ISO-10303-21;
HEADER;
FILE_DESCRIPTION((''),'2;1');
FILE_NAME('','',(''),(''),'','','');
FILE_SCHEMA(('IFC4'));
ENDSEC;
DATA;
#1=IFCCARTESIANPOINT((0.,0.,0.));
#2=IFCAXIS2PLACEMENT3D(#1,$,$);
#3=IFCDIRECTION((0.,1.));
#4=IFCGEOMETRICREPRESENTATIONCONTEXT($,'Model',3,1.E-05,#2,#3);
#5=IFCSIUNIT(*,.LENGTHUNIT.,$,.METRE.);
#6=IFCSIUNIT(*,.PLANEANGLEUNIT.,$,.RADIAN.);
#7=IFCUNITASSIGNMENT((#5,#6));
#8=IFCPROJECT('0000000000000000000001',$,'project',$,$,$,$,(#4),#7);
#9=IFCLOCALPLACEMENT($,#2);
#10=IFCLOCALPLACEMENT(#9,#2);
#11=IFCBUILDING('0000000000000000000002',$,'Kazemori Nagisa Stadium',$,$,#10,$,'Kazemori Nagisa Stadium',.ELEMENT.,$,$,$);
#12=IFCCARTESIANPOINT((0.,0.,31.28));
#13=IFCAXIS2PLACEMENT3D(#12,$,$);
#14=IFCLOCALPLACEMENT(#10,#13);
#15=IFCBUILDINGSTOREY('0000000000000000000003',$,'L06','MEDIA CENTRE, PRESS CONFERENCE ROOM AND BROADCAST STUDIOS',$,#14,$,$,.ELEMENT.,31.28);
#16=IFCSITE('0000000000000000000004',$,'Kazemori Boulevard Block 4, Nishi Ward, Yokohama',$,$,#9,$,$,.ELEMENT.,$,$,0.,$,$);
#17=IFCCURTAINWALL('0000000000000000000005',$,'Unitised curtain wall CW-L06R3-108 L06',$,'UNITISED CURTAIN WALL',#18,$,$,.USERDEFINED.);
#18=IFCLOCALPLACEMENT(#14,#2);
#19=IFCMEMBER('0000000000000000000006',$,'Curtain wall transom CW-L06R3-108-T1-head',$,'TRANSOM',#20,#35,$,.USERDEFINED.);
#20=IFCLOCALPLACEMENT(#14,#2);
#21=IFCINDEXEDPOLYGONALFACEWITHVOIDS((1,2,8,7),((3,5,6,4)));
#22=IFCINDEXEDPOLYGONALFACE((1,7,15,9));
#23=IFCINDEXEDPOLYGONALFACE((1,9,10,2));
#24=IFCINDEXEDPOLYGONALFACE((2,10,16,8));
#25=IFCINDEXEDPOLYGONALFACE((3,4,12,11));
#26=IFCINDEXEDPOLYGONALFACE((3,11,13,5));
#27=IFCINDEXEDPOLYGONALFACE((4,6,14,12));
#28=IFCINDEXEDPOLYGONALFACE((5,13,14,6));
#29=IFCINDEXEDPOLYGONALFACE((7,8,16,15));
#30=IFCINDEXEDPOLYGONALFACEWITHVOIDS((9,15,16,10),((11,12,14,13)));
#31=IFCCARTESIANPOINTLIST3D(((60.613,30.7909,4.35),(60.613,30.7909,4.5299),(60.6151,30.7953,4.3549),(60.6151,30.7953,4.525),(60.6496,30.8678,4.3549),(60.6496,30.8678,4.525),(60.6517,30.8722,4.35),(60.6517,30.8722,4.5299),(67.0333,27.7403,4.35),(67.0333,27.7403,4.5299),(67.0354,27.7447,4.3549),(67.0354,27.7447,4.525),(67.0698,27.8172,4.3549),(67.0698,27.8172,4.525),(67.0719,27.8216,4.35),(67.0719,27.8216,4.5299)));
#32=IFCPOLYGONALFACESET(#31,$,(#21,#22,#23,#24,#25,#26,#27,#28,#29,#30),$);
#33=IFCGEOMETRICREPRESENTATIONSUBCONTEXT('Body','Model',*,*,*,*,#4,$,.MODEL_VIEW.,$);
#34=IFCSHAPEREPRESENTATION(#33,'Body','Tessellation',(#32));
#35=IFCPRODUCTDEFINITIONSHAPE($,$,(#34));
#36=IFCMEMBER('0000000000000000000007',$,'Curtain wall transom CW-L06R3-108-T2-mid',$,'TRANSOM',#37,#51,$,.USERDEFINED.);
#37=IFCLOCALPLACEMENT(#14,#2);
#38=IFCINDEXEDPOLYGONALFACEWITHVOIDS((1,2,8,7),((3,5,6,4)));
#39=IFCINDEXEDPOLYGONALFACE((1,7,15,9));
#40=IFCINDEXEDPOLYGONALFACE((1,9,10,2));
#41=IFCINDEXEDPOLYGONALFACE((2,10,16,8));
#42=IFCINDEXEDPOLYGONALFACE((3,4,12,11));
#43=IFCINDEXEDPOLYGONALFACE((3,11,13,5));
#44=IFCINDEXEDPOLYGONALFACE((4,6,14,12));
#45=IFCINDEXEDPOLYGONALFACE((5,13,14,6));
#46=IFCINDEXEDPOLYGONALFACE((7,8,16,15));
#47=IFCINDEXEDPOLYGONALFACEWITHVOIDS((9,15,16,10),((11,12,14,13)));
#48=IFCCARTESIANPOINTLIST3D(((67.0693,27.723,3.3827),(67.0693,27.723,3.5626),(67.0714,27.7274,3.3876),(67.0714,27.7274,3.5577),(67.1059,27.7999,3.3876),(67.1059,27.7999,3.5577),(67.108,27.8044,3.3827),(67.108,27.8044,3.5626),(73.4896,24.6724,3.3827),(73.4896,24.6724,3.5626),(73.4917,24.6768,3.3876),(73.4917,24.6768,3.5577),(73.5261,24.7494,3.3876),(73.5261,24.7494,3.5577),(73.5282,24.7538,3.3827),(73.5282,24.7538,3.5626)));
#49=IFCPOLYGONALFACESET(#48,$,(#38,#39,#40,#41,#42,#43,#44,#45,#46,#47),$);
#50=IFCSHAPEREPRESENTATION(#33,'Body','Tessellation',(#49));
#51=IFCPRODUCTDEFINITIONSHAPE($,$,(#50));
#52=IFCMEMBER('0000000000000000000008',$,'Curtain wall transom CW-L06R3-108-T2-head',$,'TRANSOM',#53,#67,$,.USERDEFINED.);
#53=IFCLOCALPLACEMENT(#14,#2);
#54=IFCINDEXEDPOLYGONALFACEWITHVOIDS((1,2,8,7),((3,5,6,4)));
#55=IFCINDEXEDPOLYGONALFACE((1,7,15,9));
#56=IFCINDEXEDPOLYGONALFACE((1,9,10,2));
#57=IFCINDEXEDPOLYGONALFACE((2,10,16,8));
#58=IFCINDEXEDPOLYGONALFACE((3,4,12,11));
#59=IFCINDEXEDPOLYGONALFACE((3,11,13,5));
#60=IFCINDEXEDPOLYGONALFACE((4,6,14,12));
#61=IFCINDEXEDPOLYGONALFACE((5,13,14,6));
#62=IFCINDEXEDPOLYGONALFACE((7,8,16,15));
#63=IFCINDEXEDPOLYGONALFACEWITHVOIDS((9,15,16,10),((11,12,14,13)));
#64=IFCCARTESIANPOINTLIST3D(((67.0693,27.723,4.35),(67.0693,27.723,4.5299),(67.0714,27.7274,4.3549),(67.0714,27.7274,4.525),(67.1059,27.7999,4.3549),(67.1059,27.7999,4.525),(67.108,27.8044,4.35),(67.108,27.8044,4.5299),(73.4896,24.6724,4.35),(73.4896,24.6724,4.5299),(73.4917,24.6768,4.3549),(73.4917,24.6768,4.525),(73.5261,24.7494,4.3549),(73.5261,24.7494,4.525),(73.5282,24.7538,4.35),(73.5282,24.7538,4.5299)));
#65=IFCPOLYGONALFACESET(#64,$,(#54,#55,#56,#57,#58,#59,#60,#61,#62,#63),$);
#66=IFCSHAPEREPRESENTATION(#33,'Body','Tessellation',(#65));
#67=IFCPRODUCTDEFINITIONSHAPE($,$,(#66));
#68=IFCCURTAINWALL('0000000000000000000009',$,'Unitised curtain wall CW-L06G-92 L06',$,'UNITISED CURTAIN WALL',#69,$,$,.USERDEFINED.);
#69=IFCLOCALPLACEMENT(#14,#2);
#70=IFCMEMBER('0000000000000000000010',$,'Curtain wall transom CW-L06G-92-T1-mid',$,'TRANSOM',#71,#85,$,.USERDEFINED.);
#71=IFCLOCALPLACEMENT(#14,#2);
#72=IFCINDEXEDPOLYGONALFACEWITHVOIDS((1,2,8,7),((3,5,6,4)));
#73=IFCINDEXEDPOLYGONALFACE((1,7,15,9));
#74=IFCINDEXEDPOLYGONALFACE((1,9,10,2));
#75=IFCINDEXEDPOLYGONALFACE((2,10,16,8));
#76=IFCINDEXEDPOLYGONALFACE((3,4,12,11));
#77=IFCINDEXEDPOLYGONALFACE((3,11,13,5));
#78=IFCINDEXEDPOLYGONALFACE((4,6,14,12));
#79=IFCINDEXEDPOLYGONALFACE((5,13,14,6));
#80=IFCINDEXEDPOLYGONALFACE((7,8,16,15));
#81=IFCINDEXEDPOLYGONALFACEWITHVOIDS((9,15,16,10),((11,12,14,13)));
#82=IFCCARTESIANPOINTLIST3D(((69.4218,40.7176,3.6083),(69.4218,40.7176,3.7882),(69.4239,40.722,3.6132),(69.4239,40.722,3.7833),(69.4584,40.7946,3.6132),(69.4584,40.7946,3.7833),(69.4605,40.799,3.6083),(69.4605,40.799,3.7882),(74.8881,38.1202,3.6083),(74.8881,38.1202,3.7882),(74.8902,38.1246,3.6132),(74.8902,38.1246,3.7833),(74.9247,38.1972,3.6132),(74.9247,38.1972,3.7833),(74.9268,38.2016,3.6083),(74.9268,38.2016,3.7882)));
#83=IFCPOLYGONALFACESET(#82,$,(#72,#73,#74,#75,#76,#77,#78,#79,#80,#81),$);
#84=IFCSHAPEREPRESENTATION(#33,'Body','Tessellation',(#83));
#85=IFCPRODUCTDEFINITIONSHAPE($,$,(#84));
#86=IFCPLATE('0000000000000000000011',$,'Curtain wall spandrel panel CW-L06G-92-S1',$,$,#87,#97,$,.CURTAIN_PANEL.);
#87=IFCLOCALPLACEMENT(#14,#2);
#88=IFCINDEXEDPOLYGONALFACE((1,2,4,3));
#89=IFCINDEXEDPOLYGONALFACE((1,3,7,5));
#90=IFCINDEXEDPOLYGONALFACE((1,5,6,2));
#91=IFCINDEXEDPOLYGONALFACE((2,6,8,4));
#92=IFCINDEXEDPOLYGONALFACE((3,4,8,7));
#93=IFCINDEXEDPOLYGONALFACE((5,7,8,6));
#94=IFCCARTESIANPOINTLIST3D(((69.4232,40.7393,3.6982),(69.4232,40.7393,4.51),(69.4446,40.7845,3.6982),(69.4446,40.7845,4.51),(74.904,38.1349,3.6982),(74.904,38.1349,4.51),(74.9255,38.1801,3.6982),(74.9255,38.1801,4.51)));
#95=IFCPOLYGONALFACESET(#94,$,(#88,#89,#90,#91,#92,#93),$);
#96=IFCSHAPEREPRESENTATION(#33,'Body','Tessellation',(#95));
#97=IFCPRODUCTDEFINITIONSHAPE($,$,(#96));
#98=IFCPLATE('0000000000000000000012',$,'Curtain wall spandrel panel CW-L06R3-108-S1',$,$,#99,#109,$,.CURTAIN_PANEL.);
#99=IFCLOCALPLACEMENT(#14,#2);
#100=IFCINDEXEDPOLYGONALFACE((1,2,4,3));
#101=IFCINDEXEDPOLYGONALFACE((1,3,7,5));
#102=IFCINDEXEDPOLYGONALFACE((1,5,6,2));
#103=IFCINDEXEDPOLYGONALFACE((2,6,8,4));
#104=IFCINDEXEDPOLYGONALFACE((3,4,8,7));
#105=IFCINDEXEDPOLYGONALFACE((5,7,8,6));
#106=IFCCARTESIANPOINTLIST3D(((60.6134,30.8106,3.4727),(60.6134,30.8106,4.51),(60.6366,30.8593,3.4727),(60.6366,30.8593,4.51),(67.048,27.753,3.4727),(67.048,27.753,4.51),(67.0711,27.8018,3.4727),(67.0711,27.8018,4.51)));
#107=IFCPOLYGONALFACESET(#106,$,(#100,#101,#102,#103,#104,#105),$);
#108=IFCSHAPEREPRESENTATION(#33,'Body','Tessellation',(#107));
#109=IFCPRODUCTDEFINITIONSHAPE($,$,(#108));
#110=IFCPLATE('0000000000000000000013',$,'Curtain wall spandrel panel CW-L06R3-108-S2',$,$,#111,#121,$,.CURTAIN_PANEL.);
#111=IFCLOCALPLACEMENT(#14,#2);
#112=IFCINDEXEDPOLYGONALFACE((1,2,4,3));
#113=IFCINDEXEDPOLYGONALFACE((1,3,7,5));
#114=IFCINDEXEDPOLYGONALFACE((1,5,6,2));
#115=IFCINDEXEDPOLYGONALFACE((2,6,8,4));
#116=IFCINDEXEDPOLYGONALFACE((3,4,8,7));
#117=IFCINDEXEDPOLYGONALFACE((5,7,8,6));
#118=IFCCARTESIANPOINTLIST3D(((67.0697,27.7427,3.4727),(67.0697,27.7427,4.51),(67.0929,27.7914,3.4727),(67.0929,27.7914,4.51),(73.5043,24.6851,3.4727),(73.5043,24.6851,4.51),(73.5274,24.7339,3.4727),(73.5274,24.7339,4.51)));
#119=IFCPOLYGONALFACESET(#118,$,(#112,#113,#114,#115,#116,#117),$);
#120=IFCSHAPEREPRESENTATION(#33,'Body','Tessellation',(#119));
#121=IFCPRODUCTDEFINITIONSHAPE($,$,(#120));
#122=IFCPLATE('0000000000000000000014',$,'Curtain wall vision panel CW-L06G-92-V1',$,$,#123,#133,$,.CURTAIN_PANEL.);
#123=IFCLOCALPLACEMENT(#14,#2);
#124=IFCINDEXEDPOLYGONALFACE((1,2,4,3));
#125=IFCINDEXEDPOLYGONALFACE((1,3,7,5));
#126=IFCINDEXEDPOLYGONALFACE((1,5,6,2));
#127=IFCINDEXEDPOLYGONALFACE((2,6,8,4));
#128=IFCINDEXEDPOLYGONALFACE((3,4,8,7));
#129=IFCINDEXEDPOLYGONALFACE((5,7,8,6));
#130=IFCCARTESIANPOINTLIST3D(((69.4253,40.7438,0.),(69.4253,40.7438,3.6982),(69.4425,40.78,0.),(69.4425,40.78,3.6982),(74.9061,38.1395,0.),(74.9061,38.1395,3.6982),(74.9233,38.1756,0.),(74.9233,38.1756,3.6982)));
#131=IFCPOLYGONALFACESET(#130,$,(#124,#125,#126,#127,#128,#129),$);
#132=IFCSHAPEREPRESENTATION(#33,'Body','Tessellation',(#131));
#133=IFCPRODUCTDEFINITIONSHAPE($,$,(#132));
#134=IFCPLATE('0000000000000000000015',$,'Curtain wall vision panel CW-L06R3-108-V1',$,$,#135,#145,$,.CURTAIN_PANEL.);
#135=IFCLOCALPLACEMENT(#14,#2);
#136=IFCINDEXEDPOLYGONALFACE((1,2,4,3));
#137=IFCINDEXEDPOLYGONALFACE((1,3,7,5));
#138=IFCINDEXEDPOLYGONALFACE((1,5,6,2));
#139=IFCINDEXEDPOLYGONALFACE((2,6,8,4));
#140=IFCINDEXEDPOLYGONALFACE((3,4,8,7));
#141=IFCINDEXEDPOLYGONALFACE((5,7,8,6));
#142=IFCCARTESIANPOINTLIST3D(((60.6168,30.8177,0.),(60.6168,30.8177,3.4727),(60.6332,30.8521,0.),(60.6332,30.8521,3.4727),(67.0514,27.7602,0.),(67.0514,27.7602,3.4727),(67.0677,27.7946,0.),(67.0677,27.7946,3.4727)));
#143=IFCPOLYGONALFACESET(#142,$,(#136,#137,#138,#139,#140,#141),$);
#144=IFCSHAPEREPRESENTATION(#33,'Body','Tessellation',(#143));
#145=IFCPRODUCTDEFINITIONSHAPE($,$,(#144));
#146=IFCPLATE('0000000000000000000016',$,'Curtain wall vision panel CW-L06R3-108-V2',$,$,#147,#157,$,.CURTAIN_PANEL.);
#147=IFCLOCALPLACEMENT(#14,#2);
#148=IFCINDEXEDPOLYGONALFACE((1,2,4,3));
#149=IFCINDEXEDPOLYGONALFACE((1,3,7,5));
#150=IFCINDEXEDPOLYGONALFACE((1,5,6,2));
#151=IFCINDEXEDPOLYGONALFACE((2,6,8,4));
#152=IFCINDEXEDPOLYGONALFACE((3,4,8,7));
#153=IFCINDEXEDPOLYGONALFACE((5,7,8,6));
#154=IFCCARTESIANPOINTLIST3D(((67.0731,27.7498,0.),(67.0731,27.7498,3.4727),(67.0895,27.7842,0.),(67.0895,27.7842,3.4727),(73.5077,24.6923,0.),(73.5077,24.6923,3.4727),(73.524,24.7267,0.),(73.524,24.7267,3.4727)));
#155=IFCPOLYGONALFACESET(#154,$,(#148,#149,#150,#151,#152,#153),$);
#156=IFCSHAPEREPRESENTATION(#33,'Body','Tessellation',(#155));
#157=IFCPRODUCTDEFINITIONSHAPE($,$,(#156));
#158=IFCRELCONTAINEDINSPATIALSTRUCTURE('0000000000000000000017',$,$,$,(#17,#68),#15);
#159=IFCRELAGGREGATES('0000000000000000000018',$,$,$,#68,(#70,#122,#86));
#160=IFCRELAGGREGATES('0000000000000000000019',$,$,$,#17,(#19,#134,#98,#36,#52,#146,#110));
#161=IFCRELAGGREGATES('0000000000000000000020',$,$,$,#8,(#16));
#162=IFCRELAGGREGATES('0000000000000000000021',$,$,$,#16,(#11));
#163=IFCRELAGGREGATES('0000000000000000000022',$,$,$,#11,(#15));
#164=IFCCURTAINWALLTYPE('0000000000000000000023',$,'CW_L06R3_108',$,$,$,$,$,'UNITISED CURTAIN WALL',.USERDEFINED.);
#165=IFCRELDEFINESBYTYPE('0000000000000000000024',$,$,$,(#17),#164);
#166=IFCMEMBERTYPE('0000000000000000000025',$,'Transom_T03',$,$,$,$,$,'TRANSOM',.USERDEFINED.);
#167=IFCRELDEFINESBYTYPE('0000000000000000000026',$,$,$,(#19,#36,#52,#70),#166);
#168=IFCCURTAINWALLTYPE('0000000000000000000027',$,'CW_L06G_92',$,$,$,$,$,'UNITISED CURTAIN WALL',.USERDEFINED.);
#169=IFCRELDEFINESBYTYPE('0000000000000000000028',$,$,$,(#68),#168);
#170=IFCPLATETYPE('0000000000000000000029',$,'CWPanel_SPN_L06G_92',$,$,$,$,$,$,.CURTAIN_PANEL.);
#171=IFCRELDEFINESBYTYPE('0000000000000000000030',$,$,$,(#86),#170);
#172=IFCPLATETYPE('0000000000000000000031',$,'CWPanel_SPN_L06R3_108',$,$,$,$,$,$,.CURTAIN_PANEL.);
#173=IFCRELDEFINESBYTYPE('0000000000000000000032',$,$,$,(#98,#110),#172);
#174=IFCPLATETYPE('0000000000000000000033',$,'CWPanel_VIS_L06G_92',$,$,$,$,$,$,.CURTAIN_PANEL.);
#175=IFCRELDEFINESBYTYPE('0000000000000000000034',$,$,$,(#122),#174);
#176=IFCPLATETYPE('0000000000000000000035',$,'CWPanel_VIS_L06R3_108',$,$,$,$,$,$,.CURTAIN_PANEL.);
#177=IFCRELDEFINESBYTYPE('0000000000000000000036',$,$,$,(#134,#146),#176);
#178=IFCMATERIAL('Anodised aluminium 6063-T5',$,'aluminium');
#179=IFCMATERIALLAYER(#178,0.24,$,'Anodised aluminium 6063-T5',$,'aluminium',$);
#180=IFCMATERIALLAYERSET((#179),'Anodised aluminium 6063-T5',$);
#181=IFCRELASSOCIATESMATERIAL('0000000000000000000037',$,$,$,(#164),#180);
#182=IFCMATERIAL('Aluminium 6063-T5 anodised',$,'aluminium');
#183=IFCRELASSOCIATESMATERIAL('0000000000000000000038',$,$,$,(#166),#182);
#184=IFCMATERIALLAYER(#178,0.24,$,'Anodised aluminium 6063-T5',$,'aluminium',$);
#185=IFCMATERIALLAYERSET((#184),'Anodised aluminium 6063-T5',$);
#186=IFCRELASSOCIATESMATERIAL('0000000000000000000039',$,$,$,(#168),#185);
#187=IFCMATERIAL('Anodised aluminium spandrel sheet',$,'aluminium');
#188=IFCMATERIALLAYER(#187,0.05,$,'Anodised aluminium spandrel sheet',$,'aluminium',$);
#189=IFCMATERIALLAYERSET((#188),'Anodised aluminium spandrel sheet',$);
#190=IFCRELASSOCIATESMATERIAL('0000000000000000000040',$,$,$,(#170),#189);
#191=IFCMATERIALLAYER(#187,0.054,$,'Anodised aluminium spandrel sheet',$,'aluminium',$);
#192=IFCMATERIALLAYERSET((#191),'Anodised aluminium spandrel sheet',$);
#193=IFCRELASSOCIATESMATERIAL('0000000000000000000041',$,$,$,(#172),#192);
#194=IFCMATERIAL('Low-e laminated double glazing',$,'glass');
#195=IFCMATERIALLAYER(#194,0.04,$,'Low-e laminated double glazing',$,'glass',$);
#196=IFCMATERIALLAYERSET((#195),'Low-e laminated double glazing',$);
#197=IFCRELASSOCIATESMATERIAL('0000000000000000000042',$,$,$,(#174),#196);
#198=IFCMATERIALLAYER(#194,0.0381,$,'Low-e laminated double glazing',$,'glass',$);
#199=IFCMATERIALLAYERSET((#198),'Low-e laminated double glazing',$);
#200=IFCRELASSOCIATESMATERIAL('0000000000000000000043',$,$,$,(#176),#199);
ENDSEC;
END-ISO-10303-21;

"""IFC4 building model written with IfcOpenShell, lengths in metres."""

from ifc_helpers import new_model, si_unit, direction, frame, origin, origin_2d, place, context, subcontext, project, spatial, rectangle, hollow_rectangle, extrude, material, layer, layer_set, material_profile, profile_set, type_object, element, aggregate, save


model = new_model("IFC4")

# Units and contexts
model_context = context("Model", 3, precision=1e-05, world=origin(), true_north=direction((0.0, 1.0)))
body_context = subcontext(model_context, "Body", "Model", "MODEL_VIEW")
ifc_project = project(units=[si_unit("LENGTHUNIT", "METRE"), si_unit("PLANEANGLEUNIT", "RADIAN")], contexts=[model_context])

# Site, building, storey
site_placement = place(None, origin())
site = spatial("IfcSite", under=ifc_project, at=site_placement, Name="Kazemori Boulevard Block 4, Nishi Ward, Yokohama", CompositionType="ELEMENT", RefElevation=0.0)
building_placement = place(site_placement, origin())
building = spatial("IfcBuilding", under=site, at=building_placement, Name="Kazemori Nagisa Stadium", LongName="Kazemori Nagisa Stadium", CompositionType="ELEMENT")
storey_placement = place(building_placement, frame((0.0, 0.0, 31.28)))
storey = spatial("IfcBuildingStorey", under=building, at=storey_placement, Name="L06", Description="MEDIA CENTRE, PRESS CONFERENCE ROOM AND BROADCAST STUDIOS", CompositionType="ELEMENT", Elevation=31.28)

# Curtain wall, members
ifc_material_1 = material(Name="Anodised aluminium 6063-T5", Category="aluminium")
ifc_layer_1 = layer(ifc_material_1, 0.24, Name="Anodised aluminium 6063-T5", Category="aluminium")
ifc_layer_set_1 = layer_set([ifc_layer_1], Name="Anodised aluminium 6063-T5")
curtain_wall_type_1 = type_object("IfcCurtainWallType", Name="CW_L06R3_108", ElementType="UNITISED CURTAIN WALL", PredefinedType="USERDEFINED", material=ifc_layer_set_1)
curtain_wall_1_placement = place(storey_placement, origin())
curtain_wall_1 = element("IfcCurtainWall", 1, at=curtain_wall_1_placement, inside=storey, type_object=curtain_wall_type_1, Name="Unitised curtain wall CW-L06R3-108 L06", ObjectType="UNITISED CURTAIN WALL", PredefinedType="USERDEFINED")
ifc_material_2 = material(Name="Aluminium 6063-T5 anodised", Category="aluminium")
ifc_material_profile_1 = material_profile(ifc_material_2, hollow_rectangle(XDim=0.0901, YDim=0.1799, WallThickness=0.0049, at=origin_2d()), Name="ALU-TRAN-90x180x5")
ifc_profile_set_1 = profile_set([ifc_material_profile_1], Name="Aluminium 6063-T5 anodised")
member_type_1 = type_object("IfcMemberType", Name="Transom_T03", ElementType="TRANSOM", PredefinedType="USERDEFINED", material=ifc_profile_set_1)
member_1_placement = place(storey_placement, frame((60.6323, 30.8315, 4.4399), z_axis=(0.903225, -0.429167, 0.0), x_axis=(0.429167, 0.903225, 0.0)))
member_1 = element("IfcMember", 2, at=member_1_placement, type_object=member_type_1, Name="Curtain wall transom CW-L06R3-108-T1-head", ObjectType="TRANSOM", PredefinedType="USERDEFINED", context=body_context, shape_type="SweptSolid", body=[
    extrude(hollow_rectangle(XDim=0.0901, YDim=0.1799, WallThickness=0.0049, at=origin_2d()), origin(), (0.0, 0.0, 1.0), 7.1082),
])
member_2_placement = place(storey_placement, frame((67.0886, 27.7637, 3.4727), z_axis=(0.903225, -0.429167, 0.0), x_axis=(0.429167, 0.903225, 0.0)))
member_2 = element("IfcMember", 3, at=member_2_placement, type_object=member_type_1, Name="Curtain wall transom CW-L06R3-108-T2-mid", ObjectType="TRANSOM", PredefinedType="USERDEFINED", context=body_context, shape_type="SweptSolid", body=[
    extrude(hollow_rectangle(XDim=0.0901, YDim=0.1799, WallThickness=0.0049, at=origin_2d()), origin(), (0.0, 0.0, 1.0), 7.1082),
])
member_3_placement = place(storey_placement, frame((67.0886, 27.7637, 4.4399), z_axis=(0.903225, -0.429167, 0.0), x_axis=(0.429167, 0.903225, 0.0)))
member_3 = element("IfcMember", 4, at=member_3_placement, type_object=member_type_1, Name="Curtain wall transom CW-L06R3-108-T2-head", ObjectType="TRANSOM", PredefinedType="USERDEFINED", context=body_context, shape_type="SweptSolid", body=[
    extrude(hollow_rectangle(XDim=0.0901, YDim=0.1799, WallThickness=0.0049, at=origin_2d()), origin(), (0.0, 0.0, 1.0), 7.1082),
])

# Curtain wall, member, plate
ifc_layer_2 = layer(ifc_material_1, 0.24, Name="Anodised aluminium 6063-T5", Category="aluminium")
ifc_layer_set_2 = layer_set([ifc_layer_2], Name="Anodised aluminium 6063-T5")
curtain_wall_type_2 = type_object("IfcCurtainWallType", Name="CW_L06G_92", ElementType="UNITISED CURTAIN WALL", PredefinedType="USERDEFINED", material=ifc_layer_set_2)
curtain_wall_2_placement = place(storey_placement, origin())
curtain_wall_2 = element("IfcCurtainWall", 5, at=curtain_wall_2_placement, inside=storey, type_object=curtain_wall_type_2, Name="Unitised curtain wall CW-L06G-92 L06", ObjectType="UNITISED CURTAIN WALL", PredefinedType="USERDEFINED")
member_4_placement = place(storey_placement, frame((69.4412, 40.7583, 3.6982), z_axis=(0.903219, -0.42918, 0.0), x_axis=(0.42918, 0.903219, 0.0)))
member_4 = element("IfcMember", 6, at=member_4_placement, type_object=member_type_1, Name="Curtain wall transom CW-L06G-92-T1-mid", ObjectType="TRANSOM", PredefinedType="USERDEFINED", context=body_context, shape_type="SweptSolid", body=[
    extrude(hollow_rectangle(XDim=0.0901, YDim=0.1799, WallThickness=0.0049, at=origin_2d()), origin(), (0.0, 0.0, 1.0), 6.052),
])
ifc_material_3 = material(Name="Anodised aluminium spandrel sheet", Category="aluminium")
ifc_layer_3 = layer(ifc_material_3, 0.05, Name="Anodised aluminium spandrel sheet", Category="aluminium")
ifc_layer_set_3 = layer_set([ifc_layer_3], Name="Anodised aluminium spandrel sheet")
plate_type_1 = type_object("IfcPlateType", Name="CWPanel_SPN_L06G_92", PredefinedType="CURTAIN_PANEL", material=ifc_layer_set_3)
plate_1_placement = place(storey_placement, frame((72.1743, 39.4597, 3.6982), z_axis=(0.0, 0.0, 1.0), x_axis=(0.903216, -0.429186, 0.0)))
plate_1 = element("IfcPlate", 7, at=plate_1_placement, type_object=plate_type_1, Name="Curtain wall spandrel panel CW-L06G-92-S1", PredefinedType="CURTAIN_PANEL", context=body_context, shape_type="SweptSolid", body=[
    extrude(rectangle(XDim=6.0681, YDim=0.05, at=origin_2d()), origin(), (0.0, 0.0, 1.0), 0.8118),
])

# Plates
ifc_layer_4 = layer(ifc_material_3, 0.054, Name="Anodised aluminium spandrel sheet", Category="aluminium")
ifc_layer_set_4 = layer_set([ifc_layer_4], Name="Anodised aluminium spandrel sheet")
plate_type_2 = type_object("IfcPlateType", Name="CWPanel_SPN_L06R3_108", PredefinedType="CURTAIN_PANEL", material=ifc_layer_set_4)
plate_2_placement = place(storey_placement, frame((63.8423, 29.3062, 3.4727), z_axis=(0.0, 0.0, 1.0), x_axis=(0.903216, -0.429186, 0.0)))
plate_2 = element("IfcPlate", 8, at=plate_2_placement, type_object=plate_type_2, Name="Curtain wall spandrel panel CW-L06R3-108-S1", PredefinedType="CURTAIN_PANEL", context=body_context, shape_type="SweptSolid", body=[
    extrude(rectangle(XDim=7.124, YDim=0.054, at=origin_2d()), origin(), (0.0, 0.0, 1.0), 1.0374),
])
plate_3_placement = place(storey_placement, frame((70.2986, 26.2383, 3.4727), z_axis=(0.0, 0.0, 1.0), x_axis=(0.903216, -0.429186, 0.0)))
plate_3 = element("IfcPlate", 9, at=plate_3_placement, type_object=plate_type_2, Name="Curtain wall spandrel panel CW-L06R3-108-S2", PredefinedType="CURTAIN_PANEL", context=body_context, shape_type="SweptSolid", body=[
    extrude(rectangle(XDim=7.124, YDim=0.054, at=origin_2d()), origin(), (0.0, 0.0, 1.0), 1.0374),
])
ifc_material_4 = material(Name="Low-e laminated double glazing", Category="glass")
ifc_layer_5 = layer(ifc_material_4, 0.04, Name="Low-e laminated double glazing", Category="glass")
ifc_layer_set_5 = layer_set([ifc_layer_5], Name="Low-e laminated double glazing")
plate_type_3 = type_object("IfcPlateType", Name="CWPanel_VIS_L06G_92", PredefinedType="CURTAIN_PANEL", material=ifc_layer_set_5)
plate_4_placement = place(storey_placement, frame((72.1743, 39.4597, 0.0), z_axis=(0.0, 0.0, 1.0), x_axis=(0.903216, -0.429186, 0.0)))
plate_4 = element("IfcPlate", 10, at=plate_4_placement, type_object=plate_type_3, Name="Curtain wall vision panel CW-L06G-92-V1", PredefinedType="CURTAIN_PANEL", context=body_context, shape_type="SweptSolid", body=[
    extrude(rectangle(XDim=6.0681, YDim=0.04, at=origin_2d()), origin(), (0.0, 0.0, 1.0), 3.6982),
])
aggregate(curtain_wall_2, [member_4, plate_4, plate_1])
ifc_layer_6 = layer(ifc_material_4, 0.0381, Name="Low-e laminated double glazing", Category="glass")
ifc_layer_set_6 = layer_set([ifc_layer_6], Name="Low-e laminated double glazing")
plate_type_4 = type_object("IfcPlateType", Name="CWPanel_VIS_L06R3_108", PredefinedType="CURTAIN_PANEL", material=ifc_layer_set_6)
plate_5_placement = place(storey_placement, frame((63.8423, 29.3062, 0.0), z_axis=(0.0, 0.0, 1.0), x_axis=(0.903216, -0.429186, 0.0)))
plate_5 = element("IfcPlate", 11, at=plate_5_placement, type_object=plate_type_4, Name="Curtain wall vision panel CW-L06R3-108-V1", PredefinedType="CURTAIN_PANEL", context=body_context, shape_type="SweptSolid", body=[
    extrude(rectangle(XDim=7.124, YDim=0.0381, at=origin_2d()), origin(), (0.0, 0.0, 1.0), 3.4727),
])
plate_6_placement = place(storey_placement, frame((70.2986, 26.2383, 0.0), z_axis=(0.0, 0.0, 1.0), x_axis=(0.903216, -0.429186, 0.0)))
plate_6 = element("IfcPlate", 12, at=plate_6_placement, type_object=plate_type_4, Name="Curtain wall vision panel CW-L06R3-108-V2", PredefinedType="CURTAIN_PANEL", context=body_context, shape_type="SweptSolid", body=[
    extrude(rectangle(XDim=7.124, YDim=0.0381, at=origin_2d()), origin(), (0.0, 0.0, 1.0), 3.4727),
])
aggregate(curtain_wall_1, [member_1, plate_5, plate_2, member_2, member_3, plate_6, plate_3])

save(model, "model.ifc")
